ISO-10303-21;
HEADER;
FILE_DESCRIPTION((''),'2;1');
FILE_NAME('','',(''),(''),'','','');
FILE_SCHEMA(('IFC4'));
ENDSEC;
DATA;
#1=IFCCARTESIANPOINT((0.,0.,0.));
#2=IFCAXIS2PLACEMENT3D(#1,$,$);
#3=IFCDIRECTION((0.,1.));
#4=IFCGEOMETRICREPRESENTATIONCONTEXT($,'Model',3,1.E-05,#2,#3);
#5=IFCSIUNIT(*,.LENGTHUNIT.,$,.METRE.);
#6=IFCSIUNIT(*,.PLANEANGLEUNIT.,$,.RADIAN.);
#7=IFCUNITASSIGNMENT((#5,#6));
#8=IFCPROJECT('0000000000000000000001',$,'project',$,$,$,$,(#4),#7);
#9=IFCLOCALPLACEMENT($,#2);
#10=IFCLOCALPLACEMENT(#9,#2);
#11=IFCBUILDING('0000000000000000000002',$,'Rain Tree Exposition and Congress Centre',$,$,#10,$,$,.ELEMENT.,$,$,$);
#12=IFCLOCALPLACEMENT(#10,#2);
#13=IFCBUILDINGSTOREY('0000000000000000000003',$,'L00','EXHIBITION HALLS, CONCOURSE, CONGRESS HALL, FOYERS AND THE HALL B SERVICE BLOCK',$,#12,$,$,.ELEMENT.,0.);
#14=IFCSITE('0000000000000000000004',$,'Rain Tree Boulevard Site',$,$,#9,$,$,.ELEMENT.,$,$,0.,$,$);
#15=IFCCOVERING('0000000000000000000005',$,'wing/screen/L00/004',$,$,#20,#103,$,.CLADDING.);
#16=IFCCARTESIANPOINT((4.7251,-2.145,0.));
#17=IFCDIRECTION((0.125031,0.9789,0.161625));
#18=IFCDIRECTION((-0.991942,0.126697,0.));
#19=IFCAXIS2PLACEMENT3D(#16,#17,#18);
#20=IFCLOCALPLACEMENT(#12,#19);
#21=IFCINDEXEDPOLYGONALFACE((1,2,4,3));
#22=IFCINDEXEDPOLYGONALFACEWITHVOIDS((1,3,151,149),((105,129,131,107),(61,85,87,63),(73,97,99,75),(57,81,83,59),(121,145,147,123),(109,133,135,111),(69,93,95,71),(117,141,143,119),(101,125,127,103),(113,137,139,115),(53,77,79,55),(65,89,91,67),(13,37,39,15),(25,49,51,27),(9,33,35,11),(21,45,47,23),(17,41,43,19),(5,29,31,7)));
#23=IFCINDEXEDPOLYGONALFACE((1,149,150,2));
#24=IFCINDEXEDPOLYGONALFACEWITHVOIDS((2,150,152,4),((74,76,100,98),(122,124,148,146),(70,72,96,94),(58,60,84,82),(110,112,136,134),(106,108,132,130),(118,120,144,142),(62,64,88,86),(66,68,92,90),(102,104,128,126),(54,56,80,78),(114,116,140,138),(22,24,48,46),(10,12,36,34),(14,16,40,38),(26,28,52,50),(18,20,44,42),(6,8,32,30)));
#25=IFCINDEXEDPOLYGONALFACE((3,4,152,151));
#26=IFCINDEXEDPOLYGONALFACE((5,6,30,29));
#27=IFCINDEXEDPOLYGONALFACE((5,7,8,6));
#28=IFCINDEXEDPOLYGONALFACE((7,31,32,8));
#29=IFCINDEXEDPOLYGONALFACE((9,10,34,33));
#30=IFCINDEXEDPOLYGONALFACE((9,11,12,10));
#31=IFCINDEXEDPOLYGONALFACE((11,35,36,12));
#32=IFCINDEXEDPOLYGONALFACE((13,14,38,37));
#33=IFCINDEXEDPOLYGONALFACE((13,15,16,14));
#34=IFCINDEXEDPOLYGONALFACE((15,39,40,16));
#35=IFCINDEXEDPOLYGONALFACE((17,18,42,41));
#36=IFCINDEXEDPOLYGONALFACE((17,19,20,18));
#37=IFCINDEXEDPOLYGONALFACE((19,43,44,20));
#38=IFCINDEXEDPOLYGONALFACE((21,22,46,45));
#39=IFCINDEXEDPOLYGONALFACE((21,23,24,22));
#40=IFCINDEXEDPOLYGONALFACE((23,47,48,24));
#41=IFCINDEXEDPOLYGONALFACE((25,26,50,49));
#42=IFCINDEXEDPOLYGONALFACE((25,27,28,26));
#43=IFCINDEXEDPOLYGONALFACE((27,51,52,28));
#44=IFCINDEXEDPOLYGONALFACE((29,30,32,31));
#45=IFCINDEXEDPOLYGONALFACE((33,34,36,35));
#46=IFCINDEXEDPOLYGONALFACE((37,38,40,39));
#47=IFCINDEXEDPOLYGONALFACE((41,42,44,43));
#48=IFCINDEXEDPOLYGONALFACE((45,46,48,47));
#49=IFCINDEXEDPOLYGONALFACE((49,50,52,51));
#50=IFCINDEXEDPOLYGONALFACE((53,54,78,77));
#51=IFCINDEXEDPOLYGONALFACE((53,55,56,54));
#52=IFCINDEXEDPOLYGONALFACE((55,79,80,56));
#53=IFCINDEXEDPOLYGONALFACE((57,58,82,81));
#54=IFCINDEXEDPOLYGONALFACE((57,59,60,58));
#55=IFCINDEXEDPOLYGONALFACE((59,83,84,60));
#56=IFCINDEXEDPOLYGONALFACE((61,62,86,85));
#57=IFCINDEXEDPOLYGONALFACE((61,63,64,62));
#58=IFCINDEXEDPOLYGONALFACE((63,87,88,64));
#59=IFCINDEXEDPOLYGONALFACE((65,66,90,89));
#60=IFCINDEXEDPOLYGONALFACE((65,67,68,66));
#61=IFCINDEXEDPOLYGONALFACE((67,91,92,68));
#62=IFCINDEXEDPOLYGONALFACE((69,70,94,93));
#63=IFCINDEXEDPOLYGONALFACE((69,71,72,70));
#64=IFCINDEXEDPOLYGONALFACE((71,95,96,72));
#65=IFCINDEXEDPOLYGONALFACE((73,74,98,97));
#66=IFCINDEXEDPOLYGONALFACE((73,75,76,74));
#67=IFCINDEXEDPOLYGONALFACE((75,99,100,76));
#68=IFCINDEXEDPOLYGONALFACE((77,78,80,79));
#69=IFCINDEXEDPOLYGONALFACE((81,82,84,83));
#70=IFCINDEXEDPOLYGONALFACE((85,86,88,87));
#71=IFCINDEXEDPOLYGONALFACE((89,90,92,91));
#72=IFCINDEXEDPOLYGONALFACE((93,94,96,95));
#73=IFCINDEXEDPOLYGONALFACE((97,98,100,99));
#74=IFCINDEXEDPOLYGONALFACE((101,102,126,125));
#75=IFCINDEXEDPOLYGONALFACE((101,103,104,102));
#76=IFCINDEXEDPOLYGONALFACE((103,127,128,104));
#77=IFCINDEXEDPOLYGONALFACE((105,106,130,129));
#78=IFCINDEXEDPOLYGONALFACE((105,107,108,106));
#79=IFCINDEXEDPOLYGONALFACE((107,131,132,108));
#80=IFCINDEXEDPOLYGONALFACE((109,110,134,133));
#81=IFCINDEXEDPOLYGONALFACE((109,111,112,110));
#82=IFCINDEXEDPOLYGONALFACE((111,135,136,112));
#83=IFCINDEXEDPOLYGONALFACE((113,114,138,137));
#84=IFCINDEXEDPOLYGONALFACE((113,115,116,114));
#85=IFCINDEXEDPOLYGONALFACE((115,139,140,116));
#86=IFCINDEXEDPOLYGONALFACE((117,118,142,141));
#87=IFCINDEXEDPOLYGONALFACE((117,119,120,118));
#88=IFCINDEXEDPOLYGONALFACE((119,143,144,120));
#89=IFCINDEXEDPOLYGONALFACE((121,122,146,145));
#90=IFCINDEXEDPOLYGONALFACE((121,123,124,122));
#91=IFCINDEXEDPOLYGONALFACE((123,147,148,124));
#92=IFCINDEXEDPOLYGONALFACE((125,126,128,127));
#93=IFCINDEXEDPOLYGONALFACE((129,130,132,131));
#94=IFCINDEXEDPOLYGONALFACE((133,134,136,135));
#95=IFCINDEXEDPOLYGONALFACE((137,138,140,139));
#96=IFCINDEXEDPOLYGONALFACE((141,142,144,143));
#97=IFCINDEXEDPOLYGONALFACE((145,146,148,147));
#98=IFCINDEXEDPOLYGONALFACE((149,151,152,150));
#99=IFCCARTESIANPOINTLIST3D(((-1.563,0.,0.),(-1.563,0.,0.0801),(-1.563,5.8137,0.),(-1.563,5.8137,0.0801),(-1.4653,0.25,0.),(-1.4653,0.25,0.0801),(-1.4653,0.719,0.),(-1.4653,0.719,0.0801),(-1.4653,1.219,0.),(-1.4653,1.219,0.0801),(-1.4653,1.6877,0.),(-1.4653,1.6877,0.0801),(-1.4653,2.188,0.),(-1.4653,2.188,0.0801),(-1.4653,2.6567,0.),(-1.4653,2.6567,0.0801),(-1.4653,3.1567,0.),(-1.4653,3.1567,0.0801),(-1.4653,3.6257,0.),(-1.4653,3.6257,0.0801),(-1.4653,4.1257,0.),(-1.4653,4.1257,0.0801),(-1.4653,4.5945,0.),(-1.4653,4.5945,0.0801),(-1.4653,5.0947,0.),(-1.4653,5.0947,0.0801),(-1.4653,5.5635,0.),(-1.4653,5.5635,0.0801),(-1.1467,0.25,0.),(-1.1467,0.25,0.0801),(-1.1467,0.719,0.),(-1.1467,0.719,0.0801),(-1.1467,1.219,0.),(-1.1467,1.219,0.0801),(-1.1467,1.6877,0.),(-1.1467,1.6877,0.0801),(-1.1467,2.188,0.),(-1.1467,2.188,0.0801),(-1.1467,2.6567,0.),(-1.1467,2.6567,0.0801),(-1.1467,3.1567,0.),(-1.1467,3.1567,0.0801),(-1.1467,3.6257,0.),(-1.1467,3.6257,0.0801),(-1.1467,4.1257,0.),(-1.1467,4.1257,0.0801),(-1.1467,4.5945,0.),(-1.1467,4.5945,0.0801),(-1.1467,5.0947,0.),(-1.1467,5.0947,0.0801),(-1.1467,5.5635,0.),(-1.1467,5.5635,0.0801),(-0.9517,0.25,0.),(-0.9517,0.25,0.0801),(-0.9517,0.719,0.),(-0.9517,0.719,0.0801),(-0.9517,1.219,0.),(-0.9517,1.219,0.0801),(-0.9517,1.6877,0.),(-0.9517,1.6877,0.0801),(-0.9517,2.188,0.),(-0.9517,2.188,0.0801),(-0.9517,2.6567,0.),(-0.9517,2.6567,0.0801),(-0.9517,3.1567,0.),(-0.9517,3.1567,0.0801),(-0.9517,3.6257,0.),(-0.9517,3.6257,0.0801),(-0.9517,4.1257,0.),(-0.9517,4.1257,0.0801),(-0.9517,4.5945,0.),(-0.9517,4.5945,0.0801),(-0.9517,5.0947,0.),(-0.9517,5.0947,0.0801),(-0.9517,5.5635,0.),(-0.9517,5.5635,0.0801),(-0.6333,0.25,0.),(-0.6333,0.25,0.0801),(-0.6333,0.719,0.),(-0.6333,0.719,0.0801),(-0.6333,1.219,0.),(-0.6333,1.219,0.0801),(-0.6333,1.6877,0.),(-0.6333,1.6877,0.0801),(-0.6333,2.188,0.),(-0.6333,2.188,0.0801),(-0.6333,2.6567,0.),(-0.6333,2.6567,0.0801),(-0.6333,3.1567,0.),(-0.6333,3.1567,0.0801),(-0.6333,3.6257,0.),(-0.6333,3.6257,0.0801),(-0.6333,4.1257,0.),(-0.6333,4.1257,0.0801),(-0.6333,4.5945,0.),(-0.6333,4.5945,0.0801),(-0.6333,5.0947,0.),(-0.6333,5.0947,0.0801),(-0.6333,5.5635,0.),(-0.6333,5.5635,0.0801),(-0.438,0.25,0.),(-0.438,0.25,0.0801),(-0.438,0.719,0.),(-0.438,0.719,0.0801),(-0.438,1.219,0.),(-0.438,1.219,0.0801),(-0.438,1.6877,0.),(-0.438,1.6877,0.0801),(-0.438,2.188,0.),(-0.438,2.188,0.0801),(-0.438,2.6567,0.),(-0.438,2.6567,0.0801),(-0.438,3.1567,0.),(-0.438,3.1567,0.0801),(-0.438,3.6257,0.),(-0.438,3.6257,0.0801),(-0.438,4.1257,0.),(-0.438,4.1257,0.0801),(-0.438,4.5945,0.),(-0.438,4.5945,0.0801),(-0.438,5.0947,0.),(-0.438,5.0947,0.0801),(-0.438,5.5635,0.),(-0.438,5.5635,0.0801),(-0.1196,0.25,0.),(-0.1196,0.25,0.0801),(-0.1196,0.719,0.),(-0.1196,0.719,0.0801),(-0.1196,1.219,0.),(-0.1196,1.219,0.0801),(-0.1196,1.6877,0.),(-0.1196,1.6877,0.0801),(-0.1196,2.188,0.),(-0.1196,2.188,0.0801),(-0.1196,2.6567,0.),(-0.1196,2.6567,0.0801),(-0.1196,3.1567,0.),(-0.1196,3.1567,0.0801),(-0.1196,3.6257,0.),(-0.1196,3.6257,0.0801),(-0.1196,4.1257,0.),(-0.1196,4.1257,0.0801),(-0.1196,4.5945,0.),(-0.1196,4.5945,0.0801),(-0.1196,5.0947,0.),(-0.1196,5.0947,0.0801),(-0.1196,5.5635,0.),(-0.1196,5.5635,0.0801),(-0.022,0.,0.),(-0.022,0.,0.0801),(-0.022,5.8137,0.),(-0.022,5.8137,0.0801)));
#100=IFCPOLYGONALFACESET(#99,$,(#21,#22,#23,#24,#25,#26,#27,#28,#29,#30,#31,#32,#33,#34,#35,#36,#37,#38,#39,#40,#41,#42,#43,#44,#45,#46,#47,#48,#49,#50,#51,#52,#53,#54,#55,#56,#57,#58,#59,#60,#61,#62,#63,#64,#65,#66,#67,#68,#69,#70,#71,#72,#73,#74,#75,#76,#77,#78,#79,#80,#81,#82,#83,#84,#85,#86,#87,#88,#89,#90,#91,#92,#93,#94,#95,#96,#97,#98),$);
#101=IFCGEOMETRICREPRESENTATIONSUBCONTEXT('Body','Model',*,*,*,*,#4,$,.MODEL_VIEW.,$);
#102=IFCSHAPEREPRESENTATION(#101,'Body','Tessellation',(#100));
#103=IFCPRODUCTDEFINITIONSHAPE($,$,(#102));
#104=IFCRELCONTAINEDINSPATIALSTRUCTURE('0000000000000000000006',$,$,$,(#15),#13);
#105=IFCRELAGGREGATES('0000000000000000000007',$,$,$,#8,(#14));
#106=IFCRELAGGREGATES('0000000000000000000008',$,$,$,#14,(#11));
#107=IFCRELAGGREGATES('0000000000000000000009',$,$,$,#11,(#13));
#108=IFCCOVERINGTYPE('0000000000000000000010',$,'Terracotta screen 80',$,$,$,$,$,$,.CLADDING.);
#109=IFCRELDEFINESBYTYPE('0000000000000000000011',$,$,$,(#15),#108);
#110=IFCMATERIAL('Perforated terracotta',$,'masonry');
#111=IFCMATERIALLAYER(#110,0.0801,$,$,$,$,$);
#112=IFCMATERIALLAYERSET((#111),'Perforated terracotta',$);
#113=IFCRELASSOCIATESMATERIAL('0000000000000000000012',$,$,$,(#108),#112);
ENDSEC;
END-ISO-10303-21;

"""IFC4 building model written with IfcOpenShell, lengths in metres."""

from ifc_helpers import new_model, si_unit, direction, frame, origin, place, context, subcontext, project, spatial, polyline, outline, extrude, material, layer, layer_set, type_object, element, save


model = new_model("IFC4")

# Units and contexts
model_context = context("Model", 3, precision=1e-05, world=origin(), true_north=direction((0.0, 1.0)))
body_context = subcontext(model_context, "Body", "Model", "MODEL_VIEW")
ifc_project = project(units=[si_unit("LENGTHUNIT", "METRE"), si_unit("PLANEANGLEUNIT", "RADIAN")], contexts=[model_context])

# Site, building, storey
site_placement = place(None, origin())
site = spatial("IfcSite", under=ifc_project, at=site_placement, Name="Rain Tree Boulevard Site", CompositionType="ELEMENT", RefElevation=0.0)
building_placement = place(site_placement, origin())
building = spatial("IfcBuilding", under=site, at=building_placement, Name="Rain Tree Exposition and Congress Centre", CompositionType="ELEMENT")
storey_placement = place(building_placement, origin())
storey = spatial("IfcBuildingStorey", under=building, at=storey_placement, Name="L00", Description="EXHIBITION HALLS, CONCOURSE, CONGRESS HALL, FOYERS AND THE HALL B SERVICE BLOCK", CompositionType="ELEMENT", Elevation=0.0)

# Covering
ifc_material_1 = material(Name="Perforated terracotta", Category="masonry")
ifc_layer_1 = layer(ifc_material_1, 0.0801)
ifc_layer_set_1 = layer_set([ifc_layer_1], Name="Perforated terracotta")
covering_type = type_object("IfcCoveringType", Name="Terracotta screen 80", PredefinedType="CLADDING", material=ifc_layer_set_1)
covering_1_placement = place(storey_placement, frame((4.7251, -2.145, 0.0), z_axis=(0.125031, 0.9789, 0.161625), x_axis=(-0.991942, 0.126697, 0.0)))
element("IfcCovering", 1, at=covering_1_placement, inside=storey, type_object=covering_type, Name="wing/screen/L00/004", PredefinedType="CLADDING", context=body_context, shape_type="SweptSolid", body=[
    extrude(outline(polyline([(-1.563, 0.0), (-1.563, 5.8137), (-0.022, 5.8137), (-0.022, 0.0), (-1.563, 0.0)]), holes=[polyline([(-0.1196, 0.25), (-0.1196, 0.719), (-0.438, 0.719), (-0.438, 0.25), (-0.1196, 0.25)]), polyline([(-0.1196, 1.219), (-0.1196, 1.6877), (-0.438, 1.6877), (-0.438, 1.219), (-0.1196, 1.219)]), polyline([(-0.1196, 2.188), (-0.1196, 2.6567), (-0.438, 2.6567), (-0.438, 2.188), (-0.1196, 2.188)]), polyline([(-0.1196, 3.1567), (-0.1196, 3.6257), (-0.438, 3.6257), (-0.438, 3.1567), (-0.1196, 3.1567)]), polyline([(-0.1196, 4.1257), (-0.1196, 4.5945), (-0.438, 4.5945), (-0.438, 4.1257), (-0.1196, 4.1257)]), polyline([(-0.1196, 5.0947), (-0.1196, 5.5635), (-0.438, 5.5635), (-0.438, 5.0947), (-0.1196, 5.0947)]), polyline([(-0.6333, 0.25), (-0.6333, 0.719), (-0.9517, 0.719), (-0.9517, 0.25), (-0.6333, 0.25)]), polyline([(-0.6333, 1.219), (-0.6333, 1.6877), (-0.9517, 1.6877), (-0.9517, 1.219), (-0.6333, 1.219)]), polyline([(-0.6333, 2.188), (-0.6333, 2.6567), (-0.9517, 2.6567), (-0.9517, 2.188), (-0.6333, 2.188)]), polyline([(-0.6333, 3.1567), (-0.6333, 3.6257), (-0.9517, 3.6257), (-0.9517, 3.1567), (-0.6333, 3.1567)]), polyline([(-0.6333, 4.1257), (-0.6333, 4.5945), (-0.9517, 4.5945), (-0.9517, 4.1257), (-0.6333, 4.1257)]), polyline([(-0.6333, 5.0947), (-0.6333, 5.5635), (-0.9517, 5.5635), (-0.9517, 5.0947), (-0.6333, 5.0947)]), polyline([(-1.1467, 0.25), (-1.1467, 0.719), (-1.4653, 0.719), (-1.4653, 0.25), (-1.1467, 0.25)]), polyline([(-1.1467, 1.219), (-1.1467, 1.6877), (-1.4653, 1.6877), (-1.4653, 1.219), (-1.1467, 1.219)]), polyline([(-1.1467, 2.188), (-1.1467, 2.6567), (-1.4653, 2.6567), (-1.4653, 2.188), (-1.1467, 2.188)]), polyline([(-1.1467, 3.1567), (-1.1467, 3.6257), (-1.4653, 3.6257), (-1.4653, 3.1567), (-1.1467, 3.1567)]), polyline([(-1.1467, 4.1257), (-1.1467, 4.5945), (-1.4653, 4.5945), (-1.4653, 4.1257), (-1.1467, 4.1257)]), polyline([(-1.1467, 5.0947), (-1.1467, 5.5635), (-1.4653, 5.5635), (-1.4653, 5.0947), (-1.1467, 5.0947)])]), origin(), (0.0, 0.0, 1.0), 0.0801),
])

save(model, "model.ifc")
